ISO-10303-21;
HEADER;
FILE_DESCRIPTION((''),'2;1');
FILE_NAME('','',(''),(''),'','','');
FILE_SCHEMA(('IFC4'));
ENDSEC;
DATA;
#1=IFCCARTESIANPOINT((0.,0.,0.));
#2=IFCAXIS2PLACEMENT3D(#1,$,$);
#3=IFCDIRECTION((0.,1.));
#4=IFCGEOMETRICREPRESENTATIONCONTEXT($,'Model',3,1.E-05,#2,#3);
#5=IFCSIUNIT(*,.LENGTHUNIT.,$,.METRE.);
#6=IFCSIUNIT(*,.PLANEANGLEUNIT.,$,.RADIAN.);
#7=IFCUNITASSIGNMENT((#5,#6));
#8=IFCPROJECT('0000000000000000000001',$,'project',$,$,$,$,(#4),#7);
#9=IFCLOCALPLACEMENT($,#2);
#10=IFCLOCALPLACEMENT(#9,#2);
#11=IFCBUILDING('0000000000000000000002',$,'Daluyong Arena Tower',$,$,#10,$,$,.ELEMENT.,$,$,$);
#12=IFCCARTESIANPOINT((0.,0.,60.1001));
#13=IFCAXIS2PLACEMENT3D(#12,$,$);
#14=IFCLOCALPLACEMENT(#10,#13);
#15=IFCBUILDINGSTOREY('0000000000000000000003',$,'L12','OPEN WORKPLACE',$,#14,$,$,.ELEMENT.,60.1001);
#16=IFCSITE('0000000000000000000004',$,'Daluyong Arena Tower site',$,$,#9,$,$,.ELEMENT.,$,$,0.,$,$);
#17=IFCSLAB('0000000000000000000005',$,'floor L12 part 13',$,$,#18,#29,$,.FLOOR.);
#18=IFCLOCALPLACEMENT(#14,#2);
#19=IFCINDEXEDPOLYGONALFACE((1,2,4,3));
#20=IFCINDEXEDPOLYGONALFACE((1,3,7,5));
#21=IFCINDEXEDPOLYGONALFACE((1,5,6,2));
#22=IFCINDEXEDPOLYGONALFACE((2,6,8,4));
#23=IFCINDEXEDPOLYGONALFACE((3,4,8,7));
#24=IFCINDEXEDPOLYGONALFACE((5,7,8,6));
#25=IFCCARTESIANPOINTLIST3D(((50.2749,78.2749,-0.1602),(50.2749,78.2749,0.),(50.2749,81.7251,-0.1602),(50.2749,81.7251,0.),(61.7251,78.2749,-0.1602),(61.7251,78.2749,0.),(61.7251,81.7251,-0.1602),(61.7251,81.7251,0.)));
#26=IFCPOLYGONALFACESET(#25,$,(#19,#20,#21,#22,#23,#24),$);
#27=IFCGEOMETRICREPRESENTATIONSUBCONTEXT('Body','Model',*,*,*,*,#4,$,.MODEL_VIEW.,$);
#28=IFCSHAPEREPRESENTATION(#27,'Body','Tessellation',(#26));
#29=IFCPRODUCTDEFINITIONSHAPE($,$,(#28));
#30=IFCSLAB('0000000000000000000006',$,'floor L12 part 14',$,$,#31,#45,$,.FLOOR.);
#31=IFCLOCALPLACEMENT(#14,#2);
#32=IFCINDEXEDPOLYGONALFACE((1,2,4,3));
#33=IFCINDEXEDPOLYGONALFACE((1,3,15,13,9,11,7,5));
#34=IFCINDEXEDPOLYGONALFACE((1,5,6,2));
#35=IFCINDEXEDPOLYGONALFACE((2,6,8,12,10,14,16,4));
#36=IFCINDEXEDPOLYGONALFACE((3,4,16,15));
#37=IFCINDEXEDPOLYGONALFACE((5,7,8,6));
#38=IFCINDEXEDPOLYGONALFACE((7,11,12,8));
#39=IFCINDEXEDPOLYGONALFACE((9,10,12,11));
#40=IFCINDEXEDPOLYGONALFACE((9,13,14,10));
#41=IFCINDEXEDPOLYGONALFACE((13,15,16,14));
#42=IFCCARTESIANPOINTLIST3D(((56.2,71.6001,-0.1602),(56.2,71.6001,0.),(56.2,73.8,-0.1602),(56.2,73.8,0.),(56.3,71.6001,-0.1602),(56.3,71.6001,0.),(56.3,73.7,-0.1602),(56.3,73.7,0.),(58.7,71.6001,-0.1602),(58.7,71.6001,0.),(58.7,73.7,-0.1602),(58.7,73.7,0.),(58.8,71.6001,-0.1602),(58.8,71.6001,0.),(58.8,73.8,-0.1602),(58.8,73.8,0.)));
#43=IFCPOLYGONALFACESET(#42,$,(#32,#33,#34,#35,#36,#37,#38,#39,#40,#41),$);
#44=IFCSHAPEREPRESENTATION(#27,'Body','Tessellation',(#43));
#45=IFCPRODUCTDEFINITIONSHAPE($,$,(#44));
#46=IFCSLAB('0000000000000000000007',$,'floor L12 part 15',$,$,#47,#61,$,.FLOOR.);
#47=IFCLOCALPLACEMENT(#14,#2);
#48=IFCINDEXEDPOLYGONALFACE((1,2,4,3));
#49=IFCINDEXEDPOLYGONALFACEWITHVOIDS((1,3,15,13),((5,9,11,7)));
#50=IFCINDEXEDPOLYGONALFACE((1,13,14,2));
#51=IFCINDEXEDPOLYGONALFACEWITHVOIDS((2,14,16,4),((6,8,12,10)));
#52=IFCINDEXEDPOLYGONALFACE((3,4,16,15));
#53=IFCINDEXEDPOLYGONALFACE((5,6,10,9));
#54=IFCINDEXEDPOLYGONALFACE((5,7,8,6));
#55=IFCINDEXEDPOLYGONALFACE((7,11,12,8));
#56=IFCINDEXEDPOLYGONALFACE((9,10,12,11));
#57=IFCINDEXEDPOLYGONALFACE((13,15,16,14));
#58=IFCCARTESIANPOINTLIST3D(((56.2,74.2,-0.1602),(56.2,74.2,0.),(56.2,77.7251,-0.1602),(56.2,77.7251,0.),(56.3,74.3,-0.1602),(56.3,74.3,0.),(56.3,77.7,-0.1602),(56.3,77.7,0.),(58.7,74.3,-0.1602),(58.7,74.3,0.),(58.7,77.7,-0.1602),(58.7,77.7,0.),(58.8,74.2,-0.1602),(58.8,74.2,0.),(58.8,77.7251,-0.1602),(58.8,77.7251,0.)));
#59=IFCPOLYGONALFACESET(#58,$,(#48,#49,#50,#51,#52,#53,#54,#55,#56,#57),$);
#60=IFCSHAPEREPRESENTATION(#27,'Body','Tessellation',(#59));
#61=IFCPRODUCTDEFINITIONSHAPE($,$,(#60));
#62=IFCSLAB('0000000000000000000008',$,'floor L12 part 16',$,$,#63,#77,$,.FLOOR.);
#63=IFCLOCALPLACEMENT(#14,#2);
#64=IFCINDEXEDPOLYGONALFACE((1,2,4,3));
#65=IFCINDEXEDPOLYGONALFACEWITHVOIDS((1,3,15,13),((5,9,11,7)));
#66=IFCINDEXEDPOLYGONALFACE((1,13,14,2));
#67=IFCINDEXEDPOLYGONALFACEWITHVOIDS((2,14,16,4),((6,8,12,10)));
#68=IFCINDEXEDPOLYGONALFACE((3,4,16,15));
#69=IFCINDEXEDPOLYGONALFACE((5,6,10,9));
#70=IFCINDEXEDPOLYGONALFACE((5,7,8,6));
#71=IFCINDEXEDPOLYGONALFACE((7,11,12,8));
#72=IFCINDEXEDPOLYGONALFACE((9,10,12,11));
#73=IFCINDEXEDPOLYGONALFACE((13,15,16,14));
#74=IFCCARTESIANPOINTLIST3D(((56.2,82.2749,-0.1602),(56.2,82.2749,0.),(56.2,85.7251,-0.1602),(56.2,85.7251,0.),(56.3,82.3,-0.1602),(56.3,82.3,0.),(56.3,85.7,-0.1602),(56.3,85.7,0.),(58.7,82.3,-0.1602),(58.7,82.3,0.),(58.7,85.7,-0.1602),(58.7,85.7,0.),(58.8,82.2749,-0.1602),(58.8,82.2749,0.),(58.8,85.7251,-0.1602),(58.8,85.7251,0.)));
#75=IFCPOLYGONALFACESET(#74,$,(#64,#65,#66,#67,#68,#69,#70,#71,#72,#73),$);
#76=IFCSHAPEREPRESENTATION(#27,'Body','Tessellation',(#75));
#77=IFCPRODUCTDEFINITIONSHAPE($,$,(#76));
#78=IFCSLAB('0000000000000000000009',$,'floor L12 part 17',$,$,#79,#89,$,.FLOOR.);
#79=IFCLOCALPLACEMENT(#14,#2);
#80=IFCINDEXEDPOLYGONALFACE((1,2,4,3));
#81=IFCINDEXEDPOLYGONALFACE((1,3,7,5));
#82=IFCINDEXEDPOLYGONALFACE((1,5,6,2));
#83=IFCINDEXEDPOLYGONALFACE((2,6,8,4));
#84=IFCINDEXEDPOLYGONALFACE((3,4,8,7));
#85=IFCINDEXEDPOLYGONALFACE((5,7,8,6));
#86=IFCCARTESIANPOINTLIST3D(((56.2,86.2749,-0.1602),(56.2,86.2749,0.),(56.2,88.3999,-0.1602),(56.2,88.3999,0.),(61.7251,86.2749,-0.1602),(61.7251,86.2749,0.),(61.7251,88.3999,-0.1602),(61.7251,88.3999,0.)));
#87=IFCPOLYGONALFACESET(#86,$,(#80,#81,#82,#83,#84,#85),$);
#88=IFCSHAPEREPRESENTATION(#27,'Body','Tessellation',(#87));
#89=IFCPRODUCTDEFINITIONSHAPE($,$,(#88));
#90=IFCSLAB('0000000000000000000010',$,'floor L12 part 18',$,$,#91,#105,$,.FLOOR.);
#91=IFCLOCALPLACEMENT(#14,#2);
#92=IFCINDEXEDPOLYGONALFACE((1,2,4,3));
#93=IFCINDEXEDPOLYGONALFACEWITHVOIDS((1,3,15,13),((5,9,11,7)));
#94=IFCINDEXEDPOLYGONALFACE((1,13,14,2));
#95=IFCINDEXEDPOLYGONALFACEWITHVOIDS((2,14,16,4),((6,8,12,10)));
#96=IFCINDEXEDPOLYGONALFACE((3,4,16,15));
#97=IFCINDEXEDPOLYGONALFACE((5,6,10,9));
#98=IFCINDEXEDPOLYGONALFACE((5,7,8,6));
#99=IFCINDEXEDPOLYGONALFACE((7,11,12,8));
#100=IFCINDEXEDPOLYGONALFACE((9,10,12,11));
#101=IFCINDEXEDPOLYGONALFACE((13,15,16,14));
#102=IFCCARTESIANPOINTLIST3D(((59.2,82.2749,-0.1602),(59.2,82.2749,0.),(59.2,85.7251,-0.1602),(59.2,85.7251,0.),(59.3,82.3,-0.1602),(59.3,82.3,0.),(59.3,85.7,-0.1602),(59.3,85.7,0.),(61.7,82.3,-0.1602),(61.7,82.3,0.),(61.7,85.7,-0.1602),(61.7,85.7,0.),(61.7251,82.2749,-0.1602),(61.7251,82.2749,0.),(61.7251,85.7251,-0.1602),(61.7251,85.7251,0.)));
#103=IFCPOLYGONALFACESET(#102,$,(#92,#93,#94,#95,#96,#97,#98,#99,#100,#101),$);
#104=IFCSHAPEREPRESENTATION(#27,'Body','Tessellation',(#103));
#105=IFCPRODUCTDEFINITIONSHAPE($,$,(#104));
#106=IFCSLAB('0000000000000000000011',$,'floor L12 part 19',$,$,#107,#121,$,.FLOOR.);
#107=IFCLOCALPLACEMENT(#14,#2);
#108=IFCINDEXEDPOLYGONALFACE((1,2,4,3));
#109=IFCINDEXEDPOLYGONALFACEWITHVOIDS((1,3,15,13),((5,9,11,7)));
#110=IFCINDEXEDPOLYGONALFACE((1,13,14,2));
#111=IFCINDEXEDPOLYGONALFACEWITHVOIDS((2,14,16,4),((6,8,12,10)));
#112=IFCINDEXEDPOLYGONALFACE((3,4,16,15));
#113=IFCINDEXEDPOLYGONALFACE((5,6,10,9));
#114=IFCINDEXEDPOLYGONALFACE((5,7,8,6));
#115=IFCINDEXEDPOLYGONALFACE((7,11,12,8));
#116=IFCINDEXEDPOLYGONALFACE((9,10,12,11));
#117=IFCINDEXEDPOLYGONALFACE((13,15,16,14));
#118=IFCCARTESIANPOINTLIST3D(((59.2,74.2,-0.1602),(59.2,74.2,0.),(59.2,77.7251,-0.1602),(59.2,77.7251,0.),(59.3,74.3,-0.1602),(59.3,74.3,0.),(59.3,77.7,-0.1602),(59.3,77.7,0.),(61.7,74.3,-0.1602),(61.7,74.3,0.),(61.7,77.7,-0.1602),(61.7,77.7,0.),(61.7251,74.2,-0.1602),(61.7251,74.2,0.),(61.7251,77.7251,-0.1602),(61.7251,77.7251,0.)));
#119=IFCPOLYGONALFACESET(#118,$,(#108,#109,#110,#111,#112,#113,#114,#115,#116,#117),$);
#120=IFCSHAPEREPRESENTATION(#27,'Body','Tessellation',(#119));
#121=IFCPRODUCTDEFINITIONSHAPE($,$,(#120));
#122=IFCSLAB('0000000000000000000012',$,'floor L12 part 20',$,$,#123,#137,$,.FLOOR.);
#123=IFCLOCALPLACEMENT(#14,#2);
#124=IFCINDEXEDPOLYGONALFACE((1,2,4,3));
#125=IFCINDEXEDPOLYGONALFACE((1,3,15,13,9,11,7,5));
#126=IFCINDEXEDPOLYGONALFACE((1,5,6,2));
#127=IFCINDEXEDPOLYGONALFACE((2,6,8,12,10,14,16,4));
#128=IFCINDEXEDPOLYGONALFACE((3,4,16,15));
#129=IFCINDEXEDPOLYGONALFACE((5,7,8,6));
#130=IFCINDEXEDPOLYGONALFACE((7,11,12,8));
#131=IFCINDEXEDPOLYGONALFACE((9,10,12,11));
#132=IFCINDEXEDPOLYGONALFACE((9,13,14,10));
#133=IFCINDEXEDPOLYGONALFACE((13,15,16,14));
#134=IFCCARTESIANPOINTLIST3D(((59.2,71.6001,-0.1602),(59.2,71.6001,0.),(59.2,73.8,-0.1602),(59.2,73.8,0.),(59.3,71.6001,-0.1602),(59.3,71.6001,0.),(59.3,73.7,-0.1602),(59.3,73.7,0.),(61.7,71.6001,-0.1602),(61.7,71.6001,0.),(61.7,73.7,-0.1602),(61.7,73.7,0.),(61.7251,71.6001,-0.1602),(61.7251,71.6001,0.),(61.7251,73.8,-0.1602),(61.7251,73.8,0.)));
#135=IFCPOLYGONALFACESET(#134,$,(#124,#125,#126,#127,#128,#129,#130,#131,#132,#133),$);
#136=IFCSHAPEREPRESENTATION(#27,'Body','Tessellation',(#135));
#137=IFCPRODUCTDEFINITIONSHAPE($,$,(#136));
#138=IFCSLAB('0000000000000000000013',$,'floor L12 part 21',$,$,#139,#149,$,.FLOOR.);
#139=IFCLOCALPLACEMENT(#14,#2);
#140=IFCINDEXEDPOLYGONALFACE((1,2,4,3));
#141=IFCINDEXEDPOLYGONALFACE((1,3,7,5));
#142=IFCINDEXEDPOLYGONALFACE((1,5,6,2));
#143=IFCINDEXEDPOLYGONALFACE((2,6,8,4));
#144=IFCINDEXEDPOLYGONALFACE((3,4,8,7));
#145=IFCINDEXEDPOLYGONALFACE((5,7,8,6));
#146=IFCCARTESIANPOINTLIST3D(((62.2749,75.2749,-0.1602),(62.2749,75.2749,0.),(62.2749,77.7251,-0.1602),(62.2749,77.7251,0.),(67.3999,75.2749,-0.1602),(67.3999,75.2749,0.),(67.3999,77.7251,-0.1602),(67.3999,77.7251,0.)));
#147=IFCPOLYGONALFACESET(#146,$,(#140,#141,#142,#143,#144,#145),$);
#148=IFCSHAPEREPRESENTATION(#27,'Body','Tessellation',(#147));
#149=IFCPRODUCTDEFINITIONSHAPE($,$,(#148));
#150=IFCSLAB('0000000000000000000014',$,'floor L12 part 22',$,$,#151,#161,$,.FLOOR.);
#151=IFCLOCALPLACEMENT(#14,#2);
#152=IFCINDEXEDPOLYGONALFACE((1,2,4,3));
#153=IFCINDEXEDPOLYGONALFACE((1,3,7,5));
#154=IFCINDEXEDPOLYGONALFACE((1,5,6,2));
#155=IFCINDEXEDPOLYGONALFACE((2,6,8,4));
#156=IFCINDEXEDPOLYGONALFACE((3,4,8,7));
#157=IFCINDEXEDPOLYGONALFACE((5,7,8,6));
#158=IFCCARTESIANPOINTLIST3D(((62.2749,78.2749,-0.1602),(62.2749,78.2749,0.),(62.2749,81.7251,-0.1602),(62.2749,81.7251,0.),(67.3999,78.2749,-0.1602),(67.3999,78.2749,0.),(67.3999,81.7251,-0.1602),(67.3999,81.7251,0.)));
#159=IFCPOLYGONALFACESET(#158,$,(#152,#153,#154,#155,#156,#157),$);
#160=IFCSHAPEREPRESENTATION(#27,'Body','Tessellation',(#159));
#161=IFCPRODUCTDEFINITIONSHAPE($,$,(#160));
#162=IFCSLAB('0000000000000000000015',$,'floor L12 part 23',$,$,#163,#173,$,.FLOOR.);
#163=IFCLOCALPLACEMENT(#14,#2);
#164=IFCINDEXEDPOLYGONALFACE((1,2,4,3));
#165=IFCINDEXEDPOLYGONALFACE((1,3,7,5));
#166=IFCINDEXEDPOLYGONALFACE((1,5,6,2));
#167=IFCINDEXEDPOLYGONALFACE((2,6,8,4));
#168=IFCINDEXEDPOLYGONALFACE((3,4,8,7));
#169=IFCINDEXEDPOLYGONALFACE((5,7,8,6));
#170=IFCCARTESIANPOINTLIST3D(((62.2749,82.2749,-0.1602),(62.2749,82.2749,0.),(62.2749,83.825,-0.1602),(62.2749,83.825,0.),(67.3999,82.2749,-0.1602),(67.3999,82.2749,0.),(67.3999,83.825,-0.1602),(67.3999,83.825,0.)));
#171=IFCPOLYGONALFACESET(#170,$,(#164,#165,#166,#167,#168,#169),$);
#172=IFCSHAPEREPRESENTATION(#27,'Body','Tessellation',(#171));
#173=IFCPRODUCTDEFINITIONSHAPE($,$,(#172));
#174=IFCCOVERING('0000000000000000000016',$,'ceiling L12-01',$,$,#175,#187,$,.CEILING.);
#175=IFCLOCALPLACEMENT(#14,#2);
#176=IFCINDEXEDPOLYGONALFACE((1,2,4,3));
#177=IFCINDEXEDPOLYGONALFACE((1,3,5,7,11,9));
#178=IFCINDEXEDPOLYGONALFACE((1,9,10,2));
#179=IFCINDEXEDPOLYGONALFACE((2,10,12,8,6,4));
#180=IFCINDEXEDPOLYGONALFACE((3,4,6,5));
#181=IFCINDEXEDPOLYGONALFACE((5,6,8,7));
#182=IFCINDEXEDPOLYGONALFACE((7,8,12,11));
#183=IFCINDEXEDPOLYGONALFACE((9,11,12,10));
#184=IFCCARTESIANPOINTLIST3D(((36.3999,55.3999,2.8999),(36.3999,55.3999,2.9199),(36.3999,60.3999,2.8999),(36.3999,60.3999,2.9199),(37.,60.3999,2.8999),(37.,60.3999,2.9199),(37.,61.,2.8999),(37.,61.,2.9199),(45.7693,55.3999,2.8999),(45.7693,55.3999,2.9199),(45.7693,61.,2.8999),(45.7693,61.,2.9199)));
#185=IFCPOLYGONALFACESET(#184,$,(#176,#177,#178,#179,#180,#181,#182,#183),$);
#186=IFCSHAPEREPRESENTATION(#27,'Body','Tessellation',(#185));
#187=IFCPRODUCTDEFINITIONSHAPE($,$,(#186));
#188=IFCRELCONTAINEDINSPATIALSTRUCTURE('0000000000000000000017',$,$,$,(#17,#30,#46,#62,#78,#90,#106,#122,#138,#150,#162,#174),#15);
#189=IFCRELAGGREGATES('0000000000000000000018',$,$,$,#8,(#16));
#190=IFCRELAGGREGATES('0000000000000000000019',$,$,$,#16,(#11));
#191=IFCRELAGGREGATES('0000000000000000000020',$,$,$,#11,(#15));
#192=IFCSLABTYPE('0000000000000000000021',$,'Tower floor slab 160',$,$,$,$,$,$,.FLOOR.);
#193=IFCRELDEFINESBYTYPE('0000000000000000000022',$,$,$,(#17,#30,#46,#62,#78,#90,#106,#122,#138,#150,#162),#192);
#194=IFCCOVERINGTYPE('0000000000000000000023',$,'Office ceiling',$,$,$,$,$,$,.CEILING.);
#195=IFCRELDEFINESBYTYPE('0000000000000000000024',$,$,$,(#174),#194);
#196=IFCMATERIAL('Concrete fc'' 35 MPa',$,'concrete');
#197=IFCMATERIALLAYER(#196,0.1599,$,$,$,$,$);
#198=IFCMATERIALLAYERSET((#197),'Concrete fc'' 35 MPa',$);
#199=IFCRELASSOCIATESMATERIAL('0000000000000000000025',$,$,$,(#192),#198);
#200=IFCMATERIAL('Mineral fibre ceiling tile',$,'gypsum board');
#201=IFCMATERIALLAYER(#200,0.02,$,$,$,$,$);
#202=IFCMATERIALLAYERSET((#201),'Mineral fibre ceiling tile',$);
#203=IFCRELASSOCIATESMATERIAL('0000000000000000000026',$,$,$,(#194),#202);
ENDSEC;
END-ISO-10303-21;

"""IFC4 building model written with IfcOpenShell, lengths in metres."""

from ifc_helpers import new_model, si_unit, direction, frame, origin, place, context, subcontext, project, spatial, polyline, outline, extrude, material, layer, layer_set, type_object, element, save


model = new_model("IFC4")

# Units and contexts
model_context = context("Model", 3, precision=1e-05, world=origin(), true_north=direction((0.0, 1.0)))
body_context = subcontext(model_context, "Body", "Model", "MODEL_VIEW")
ifc_project = project(units=[si_unit("LENGTHUNIT", "METRE"), si_unit("PLANEANGLEUNIT", "RADIAN")], contexts=[model_context])

# Site, building, storey
site_placement = place(None, origin())
site = spatial("IfcSite", under=ifc_project, at=site_placement, Name="Daluyong Arena Tower site", CompositionType="ELEMENT", RefElevation=0.0)
building_placement = place(site_placement, origin())
building = spatial("IfcBuilding", under=site, at=building_placement, Name="Daluyong Arena Tower", CompositionType="ELEMENT")
storey_placement = place(building_placement, frame((0.0, 0.0, 60.1001)))
storey = spatial("IfcBuildingStorey", under=building, at=storey_placement, Name="L12", Description="OPEN WORKPLACE", CompositionType="ELEMENT", Elevation=60.1001)

# Slabs
ifc_material_1 = material(Name="Concrete fc' 35 MPa", Category="concrete")
ifc_layer_1 = layer(ifc_material_1, 0.1599)
ifc_layer_set_1 = layer_set([ifc_layer_1], Name="Concrete fc' 35 MPa")
slab_type = type_object("IfcSlabType", Name="Tower floor slab 160", PredefinedType="FLOOR", material=ifc_layer_set_1)
slab_1_placement = place(storey_placement, frame((0.0, 0.0, -0.1602)))
element("IfcSlab", 1, at=slab_1_placement, inside=storey, type_object=slab_type, Name="floor L12 part 13", PredefinedType="FLOOR", context=body_context, shape_type="SweptSolid", body=[
    extrude(outline(polyline([(61.7251, 81.7251), (50.2749, 81.7251), (50.2749, 78.2749), (61.7251, 78.2749), (61.7251, 81.7251)])), origin(), (0.0, 0.0, 1.0), 0.1602),
])
slab_2_placement = place(storey_placement, frame((0.0, 0.0, -0.1602)))
element("IfcSlab", 2, at=slab_2_placement, inside=storey, type_object=slab_type, Name="floor L12 part 14", PredefinedType="FLOOR", context=body_context, shape_type="SweptSolid", body=[
    extrude(outline(polyline([(58.7, 73.7), (58.7, 71.6001), (58.8, 71.6001), (58.8, 73.8), (56.2, 73.8), (56.2, 71.6001), (56.3, 71.6001), (56.3, 73.7), (58.7, 73.7)])), origin(), (0.0, 0.0, 1.0), 0.1602),
])
slab_3_placement = place(storey_placement, frame((0.0, 0.0, -0.1602)))
element("IfcSlab", 3, at=slab_3_placement, inside=storey, type_object=slab_type, Name="floor L12 part 15", PredefinedType="FLOOR", context=body_context, shape_type="SweptSolid", body=[
    extrude(outline(polyline([(56.2, 77.7251), (56.2, 74.2), (58.8, 74.2), (58.8, 77.7251), (56.2, 77.7251)]), holes=[polyline([(58.7, 77.7), (58.7, 74.3), (56.3, 74.3), (56.3, 77.7), (58.7, 77.7)])]), origin(), (0.0, 0.0, 1.0), 0.1602),
])
slab_4_placement = place(storey_placement, frame((0.0, 0.0, -0.1602)))
element("IfcSlab", 4, at=slab_4_placement, inside=storey, type_object=slab_type, Name="floor L12 part 16", PredefinedType="FLOOR", context=body_context, shape_type="SweptSolid", body=[
    extrude(outline(polyline([(56.2, 85.7251), (56.2, 82.2749), (58.8, 82.2749), (58.8, 85.7251), (56.2, 85.7251)]), holes=[polyline([(58.7, 85.7), (58.7, 82.3), (56.3, 82.3), (56.3, 85.7), (58.7, 85.7)])]), origin(), (0.0, 0.0, 1.0), 0.1602),
])
slab_5_placement = place(storey_placement, frame((0.0, 0.0, -0.1602)))
element("IfcSlab", 5, at=slab_5_placement, inside=storey, type_object=slab_type, Name="floor L12 part 17", PredefinedType="FLOOR", context=body_context, shape_type="SweptSolid", body=[
    extrude(outline(polyline([(56.2, 86.2749), (61.7251, 86.2749), (61.7251, 88.3999), (56.2, 88.3999), (56.2, 86.2749)])), origin(), (0.0, 0.0, 1.0), 0.1602),
])
slab_6_placement = place(storey_placement, frame((0.0, 0.0, -0.1602)))
element("IfcSlab", 6, at=slab_6_placement, inside=storey, type_object=slab_type, Name="floor L12 part 18", PredefinedType="FLOOR", context=body_context, shape_type="SweptSolid", body=[
    extrude(outline(polyline([(59.2, 82.2749), (61.7251, 82.2749), (61.7251, 85.7251), (59.2, 85.7251), (59.2, 82.2749)]), holes=[polyline([(61.7, 82.3), (59.3, 82.3), (59.3, 85.7), (61.7, 85.7), (61.7, 82.3)])]), origin(), (0.0, 0.0, 1.0), 0.1602),
])
slab_7_placement = place(storey_placement, frame((0.0, 0.0, -0.1602)))
element("IfcSlab", 7, at=slab_7_placement, inside=storey, type_object=slab_type, Name="floor L12 part 19", PredefinedType="FLOOR", context=body_context, shape_type="SweptSolid", body=[
    extrude(outline(polyline([(59.2, 74.2), (61.7251, 74.2), (61.7251, 77.7251), (59.2, 77.7251), (59.2, 74.2)]), holes=[polyline([(61.7, 77.7), (61.7, 74.3), (59.3, 74.3), (59.3, 77.7), (61.7, 77.7)])]), origin(), (0.0, 0.0, 1.0), 0.1602),
])
slab_8_placement = place(storey_placement, frame((0.0, 0.0, -0.1602)))
element("IfcSlab", 8, at=slab_8_placement, inside=storey, type_object=slab_type, Name="floor L12 part 20", PredefinedType="FLOOR", context=body_context, shape_type="SweptSolid", body=[
    extrude(outline(polyline([(61.7251, 73.8), (59.2, 73.8), (59.2, 71.6001), (59.3, 71.6001), (59.3, 73.7), (61.7, 73.7), (61.7, 71.6001), (61.7251, 71.6001), (61.7251, 73.8)])), origin(), (0.0, 0.0, 1.0), 0.1602),
])
slab_9_placement = place(storey_placement, frame((0.0, 0.0, -0.1602)))
element("IfcSlab", 9, at=slab_9_placement, inside=storey, type_object=slab_type, Name="floor L12 part 21", PredefinedType="FLOOR", context=body_context, shape_type="SweptSolid", body=[
    extrude(outline(polyline([(67.3999, 75.2749), (67.3999, 77.7251), (62.2749, 77.7251), (62.2749, 75.2749), (67.3999, 75.2749)])), origin(), (0.0, 0.0, 1.0), 0.1602),
])
slab_10_placement = place(storey_placement, frame((0.0, 0.0, -0.1602)))
element("IfcSlab", 10, at=slab_10_placement, inside=storey, type_object=slab_type, Name="floor L12 part 22", PredefinedType="FLOOR", context=body_context, shape_type="SweptSolid", body=[
    extrude(outline(polyline([(67.3999, 78.2749), (67.3999, 81.7251), (62.2749, 81.7251), (62.2749, 78.2749), (67.3999, 78.2749)])), origin(), (0.0, 0.0, 1.0), 0.1602),
])
slab_11_placement = place(storey_placement, frame((0.0, 0.0, -0.1602)))
element("IfcSlab", 11, at=slab_11_placement, inside=storey, type_object=slab_type, Name="floor L12 part 23", PredefinedType="FLOOR", context=body_context, shape_type="SweptSolid", body=[
    extrude(outline(polyline([(67.3999, 82.2749), (67.3999, 83.825), (62.2749, 83.825), (62.2749, 82.2749), (67.3999, 82.2749)])), origin(), (0.0, 0.0, 1.0), 0.1602),
])

# Covering
ifc_material_2 = material(Name="Mineral fibre ceiling tile", Category="gypsum board")
ifc_layer_2 = layer(ifc_material_2, 0.02)
ifc_layer_set_2 = layer_set([ifc_layer_2], Name="Mineral fibre ceiling tile")
covering_type = type_object("IfcCoveringType", Name="Office ceiling", PredefinedType="CEILING", material=ifc_layer_set_2)
covering_1_placement = place(storey_placement, frame((0.0, 0.0, 2.8999)))
element("IfcCovering", 12, at=covering_1_placement, inside=storey, type_object=covering_type, Name="ceiling L12-01", PredefinedType="CEILING", context=body_context, shape_type="SweptSolid", body=[
    extrude(outline(polyline([(36.3999, 60.3999), (36.3999, 55.3999), (45.7693, 55.3999), (45.7693, 61.0), (37.0, 61.0), (37.0, 60.3999), (36.3999, 60.3999)])), origin(), (0.0, 0.0, 1.0), 0.02),
])

save(model, "model.ifc")
